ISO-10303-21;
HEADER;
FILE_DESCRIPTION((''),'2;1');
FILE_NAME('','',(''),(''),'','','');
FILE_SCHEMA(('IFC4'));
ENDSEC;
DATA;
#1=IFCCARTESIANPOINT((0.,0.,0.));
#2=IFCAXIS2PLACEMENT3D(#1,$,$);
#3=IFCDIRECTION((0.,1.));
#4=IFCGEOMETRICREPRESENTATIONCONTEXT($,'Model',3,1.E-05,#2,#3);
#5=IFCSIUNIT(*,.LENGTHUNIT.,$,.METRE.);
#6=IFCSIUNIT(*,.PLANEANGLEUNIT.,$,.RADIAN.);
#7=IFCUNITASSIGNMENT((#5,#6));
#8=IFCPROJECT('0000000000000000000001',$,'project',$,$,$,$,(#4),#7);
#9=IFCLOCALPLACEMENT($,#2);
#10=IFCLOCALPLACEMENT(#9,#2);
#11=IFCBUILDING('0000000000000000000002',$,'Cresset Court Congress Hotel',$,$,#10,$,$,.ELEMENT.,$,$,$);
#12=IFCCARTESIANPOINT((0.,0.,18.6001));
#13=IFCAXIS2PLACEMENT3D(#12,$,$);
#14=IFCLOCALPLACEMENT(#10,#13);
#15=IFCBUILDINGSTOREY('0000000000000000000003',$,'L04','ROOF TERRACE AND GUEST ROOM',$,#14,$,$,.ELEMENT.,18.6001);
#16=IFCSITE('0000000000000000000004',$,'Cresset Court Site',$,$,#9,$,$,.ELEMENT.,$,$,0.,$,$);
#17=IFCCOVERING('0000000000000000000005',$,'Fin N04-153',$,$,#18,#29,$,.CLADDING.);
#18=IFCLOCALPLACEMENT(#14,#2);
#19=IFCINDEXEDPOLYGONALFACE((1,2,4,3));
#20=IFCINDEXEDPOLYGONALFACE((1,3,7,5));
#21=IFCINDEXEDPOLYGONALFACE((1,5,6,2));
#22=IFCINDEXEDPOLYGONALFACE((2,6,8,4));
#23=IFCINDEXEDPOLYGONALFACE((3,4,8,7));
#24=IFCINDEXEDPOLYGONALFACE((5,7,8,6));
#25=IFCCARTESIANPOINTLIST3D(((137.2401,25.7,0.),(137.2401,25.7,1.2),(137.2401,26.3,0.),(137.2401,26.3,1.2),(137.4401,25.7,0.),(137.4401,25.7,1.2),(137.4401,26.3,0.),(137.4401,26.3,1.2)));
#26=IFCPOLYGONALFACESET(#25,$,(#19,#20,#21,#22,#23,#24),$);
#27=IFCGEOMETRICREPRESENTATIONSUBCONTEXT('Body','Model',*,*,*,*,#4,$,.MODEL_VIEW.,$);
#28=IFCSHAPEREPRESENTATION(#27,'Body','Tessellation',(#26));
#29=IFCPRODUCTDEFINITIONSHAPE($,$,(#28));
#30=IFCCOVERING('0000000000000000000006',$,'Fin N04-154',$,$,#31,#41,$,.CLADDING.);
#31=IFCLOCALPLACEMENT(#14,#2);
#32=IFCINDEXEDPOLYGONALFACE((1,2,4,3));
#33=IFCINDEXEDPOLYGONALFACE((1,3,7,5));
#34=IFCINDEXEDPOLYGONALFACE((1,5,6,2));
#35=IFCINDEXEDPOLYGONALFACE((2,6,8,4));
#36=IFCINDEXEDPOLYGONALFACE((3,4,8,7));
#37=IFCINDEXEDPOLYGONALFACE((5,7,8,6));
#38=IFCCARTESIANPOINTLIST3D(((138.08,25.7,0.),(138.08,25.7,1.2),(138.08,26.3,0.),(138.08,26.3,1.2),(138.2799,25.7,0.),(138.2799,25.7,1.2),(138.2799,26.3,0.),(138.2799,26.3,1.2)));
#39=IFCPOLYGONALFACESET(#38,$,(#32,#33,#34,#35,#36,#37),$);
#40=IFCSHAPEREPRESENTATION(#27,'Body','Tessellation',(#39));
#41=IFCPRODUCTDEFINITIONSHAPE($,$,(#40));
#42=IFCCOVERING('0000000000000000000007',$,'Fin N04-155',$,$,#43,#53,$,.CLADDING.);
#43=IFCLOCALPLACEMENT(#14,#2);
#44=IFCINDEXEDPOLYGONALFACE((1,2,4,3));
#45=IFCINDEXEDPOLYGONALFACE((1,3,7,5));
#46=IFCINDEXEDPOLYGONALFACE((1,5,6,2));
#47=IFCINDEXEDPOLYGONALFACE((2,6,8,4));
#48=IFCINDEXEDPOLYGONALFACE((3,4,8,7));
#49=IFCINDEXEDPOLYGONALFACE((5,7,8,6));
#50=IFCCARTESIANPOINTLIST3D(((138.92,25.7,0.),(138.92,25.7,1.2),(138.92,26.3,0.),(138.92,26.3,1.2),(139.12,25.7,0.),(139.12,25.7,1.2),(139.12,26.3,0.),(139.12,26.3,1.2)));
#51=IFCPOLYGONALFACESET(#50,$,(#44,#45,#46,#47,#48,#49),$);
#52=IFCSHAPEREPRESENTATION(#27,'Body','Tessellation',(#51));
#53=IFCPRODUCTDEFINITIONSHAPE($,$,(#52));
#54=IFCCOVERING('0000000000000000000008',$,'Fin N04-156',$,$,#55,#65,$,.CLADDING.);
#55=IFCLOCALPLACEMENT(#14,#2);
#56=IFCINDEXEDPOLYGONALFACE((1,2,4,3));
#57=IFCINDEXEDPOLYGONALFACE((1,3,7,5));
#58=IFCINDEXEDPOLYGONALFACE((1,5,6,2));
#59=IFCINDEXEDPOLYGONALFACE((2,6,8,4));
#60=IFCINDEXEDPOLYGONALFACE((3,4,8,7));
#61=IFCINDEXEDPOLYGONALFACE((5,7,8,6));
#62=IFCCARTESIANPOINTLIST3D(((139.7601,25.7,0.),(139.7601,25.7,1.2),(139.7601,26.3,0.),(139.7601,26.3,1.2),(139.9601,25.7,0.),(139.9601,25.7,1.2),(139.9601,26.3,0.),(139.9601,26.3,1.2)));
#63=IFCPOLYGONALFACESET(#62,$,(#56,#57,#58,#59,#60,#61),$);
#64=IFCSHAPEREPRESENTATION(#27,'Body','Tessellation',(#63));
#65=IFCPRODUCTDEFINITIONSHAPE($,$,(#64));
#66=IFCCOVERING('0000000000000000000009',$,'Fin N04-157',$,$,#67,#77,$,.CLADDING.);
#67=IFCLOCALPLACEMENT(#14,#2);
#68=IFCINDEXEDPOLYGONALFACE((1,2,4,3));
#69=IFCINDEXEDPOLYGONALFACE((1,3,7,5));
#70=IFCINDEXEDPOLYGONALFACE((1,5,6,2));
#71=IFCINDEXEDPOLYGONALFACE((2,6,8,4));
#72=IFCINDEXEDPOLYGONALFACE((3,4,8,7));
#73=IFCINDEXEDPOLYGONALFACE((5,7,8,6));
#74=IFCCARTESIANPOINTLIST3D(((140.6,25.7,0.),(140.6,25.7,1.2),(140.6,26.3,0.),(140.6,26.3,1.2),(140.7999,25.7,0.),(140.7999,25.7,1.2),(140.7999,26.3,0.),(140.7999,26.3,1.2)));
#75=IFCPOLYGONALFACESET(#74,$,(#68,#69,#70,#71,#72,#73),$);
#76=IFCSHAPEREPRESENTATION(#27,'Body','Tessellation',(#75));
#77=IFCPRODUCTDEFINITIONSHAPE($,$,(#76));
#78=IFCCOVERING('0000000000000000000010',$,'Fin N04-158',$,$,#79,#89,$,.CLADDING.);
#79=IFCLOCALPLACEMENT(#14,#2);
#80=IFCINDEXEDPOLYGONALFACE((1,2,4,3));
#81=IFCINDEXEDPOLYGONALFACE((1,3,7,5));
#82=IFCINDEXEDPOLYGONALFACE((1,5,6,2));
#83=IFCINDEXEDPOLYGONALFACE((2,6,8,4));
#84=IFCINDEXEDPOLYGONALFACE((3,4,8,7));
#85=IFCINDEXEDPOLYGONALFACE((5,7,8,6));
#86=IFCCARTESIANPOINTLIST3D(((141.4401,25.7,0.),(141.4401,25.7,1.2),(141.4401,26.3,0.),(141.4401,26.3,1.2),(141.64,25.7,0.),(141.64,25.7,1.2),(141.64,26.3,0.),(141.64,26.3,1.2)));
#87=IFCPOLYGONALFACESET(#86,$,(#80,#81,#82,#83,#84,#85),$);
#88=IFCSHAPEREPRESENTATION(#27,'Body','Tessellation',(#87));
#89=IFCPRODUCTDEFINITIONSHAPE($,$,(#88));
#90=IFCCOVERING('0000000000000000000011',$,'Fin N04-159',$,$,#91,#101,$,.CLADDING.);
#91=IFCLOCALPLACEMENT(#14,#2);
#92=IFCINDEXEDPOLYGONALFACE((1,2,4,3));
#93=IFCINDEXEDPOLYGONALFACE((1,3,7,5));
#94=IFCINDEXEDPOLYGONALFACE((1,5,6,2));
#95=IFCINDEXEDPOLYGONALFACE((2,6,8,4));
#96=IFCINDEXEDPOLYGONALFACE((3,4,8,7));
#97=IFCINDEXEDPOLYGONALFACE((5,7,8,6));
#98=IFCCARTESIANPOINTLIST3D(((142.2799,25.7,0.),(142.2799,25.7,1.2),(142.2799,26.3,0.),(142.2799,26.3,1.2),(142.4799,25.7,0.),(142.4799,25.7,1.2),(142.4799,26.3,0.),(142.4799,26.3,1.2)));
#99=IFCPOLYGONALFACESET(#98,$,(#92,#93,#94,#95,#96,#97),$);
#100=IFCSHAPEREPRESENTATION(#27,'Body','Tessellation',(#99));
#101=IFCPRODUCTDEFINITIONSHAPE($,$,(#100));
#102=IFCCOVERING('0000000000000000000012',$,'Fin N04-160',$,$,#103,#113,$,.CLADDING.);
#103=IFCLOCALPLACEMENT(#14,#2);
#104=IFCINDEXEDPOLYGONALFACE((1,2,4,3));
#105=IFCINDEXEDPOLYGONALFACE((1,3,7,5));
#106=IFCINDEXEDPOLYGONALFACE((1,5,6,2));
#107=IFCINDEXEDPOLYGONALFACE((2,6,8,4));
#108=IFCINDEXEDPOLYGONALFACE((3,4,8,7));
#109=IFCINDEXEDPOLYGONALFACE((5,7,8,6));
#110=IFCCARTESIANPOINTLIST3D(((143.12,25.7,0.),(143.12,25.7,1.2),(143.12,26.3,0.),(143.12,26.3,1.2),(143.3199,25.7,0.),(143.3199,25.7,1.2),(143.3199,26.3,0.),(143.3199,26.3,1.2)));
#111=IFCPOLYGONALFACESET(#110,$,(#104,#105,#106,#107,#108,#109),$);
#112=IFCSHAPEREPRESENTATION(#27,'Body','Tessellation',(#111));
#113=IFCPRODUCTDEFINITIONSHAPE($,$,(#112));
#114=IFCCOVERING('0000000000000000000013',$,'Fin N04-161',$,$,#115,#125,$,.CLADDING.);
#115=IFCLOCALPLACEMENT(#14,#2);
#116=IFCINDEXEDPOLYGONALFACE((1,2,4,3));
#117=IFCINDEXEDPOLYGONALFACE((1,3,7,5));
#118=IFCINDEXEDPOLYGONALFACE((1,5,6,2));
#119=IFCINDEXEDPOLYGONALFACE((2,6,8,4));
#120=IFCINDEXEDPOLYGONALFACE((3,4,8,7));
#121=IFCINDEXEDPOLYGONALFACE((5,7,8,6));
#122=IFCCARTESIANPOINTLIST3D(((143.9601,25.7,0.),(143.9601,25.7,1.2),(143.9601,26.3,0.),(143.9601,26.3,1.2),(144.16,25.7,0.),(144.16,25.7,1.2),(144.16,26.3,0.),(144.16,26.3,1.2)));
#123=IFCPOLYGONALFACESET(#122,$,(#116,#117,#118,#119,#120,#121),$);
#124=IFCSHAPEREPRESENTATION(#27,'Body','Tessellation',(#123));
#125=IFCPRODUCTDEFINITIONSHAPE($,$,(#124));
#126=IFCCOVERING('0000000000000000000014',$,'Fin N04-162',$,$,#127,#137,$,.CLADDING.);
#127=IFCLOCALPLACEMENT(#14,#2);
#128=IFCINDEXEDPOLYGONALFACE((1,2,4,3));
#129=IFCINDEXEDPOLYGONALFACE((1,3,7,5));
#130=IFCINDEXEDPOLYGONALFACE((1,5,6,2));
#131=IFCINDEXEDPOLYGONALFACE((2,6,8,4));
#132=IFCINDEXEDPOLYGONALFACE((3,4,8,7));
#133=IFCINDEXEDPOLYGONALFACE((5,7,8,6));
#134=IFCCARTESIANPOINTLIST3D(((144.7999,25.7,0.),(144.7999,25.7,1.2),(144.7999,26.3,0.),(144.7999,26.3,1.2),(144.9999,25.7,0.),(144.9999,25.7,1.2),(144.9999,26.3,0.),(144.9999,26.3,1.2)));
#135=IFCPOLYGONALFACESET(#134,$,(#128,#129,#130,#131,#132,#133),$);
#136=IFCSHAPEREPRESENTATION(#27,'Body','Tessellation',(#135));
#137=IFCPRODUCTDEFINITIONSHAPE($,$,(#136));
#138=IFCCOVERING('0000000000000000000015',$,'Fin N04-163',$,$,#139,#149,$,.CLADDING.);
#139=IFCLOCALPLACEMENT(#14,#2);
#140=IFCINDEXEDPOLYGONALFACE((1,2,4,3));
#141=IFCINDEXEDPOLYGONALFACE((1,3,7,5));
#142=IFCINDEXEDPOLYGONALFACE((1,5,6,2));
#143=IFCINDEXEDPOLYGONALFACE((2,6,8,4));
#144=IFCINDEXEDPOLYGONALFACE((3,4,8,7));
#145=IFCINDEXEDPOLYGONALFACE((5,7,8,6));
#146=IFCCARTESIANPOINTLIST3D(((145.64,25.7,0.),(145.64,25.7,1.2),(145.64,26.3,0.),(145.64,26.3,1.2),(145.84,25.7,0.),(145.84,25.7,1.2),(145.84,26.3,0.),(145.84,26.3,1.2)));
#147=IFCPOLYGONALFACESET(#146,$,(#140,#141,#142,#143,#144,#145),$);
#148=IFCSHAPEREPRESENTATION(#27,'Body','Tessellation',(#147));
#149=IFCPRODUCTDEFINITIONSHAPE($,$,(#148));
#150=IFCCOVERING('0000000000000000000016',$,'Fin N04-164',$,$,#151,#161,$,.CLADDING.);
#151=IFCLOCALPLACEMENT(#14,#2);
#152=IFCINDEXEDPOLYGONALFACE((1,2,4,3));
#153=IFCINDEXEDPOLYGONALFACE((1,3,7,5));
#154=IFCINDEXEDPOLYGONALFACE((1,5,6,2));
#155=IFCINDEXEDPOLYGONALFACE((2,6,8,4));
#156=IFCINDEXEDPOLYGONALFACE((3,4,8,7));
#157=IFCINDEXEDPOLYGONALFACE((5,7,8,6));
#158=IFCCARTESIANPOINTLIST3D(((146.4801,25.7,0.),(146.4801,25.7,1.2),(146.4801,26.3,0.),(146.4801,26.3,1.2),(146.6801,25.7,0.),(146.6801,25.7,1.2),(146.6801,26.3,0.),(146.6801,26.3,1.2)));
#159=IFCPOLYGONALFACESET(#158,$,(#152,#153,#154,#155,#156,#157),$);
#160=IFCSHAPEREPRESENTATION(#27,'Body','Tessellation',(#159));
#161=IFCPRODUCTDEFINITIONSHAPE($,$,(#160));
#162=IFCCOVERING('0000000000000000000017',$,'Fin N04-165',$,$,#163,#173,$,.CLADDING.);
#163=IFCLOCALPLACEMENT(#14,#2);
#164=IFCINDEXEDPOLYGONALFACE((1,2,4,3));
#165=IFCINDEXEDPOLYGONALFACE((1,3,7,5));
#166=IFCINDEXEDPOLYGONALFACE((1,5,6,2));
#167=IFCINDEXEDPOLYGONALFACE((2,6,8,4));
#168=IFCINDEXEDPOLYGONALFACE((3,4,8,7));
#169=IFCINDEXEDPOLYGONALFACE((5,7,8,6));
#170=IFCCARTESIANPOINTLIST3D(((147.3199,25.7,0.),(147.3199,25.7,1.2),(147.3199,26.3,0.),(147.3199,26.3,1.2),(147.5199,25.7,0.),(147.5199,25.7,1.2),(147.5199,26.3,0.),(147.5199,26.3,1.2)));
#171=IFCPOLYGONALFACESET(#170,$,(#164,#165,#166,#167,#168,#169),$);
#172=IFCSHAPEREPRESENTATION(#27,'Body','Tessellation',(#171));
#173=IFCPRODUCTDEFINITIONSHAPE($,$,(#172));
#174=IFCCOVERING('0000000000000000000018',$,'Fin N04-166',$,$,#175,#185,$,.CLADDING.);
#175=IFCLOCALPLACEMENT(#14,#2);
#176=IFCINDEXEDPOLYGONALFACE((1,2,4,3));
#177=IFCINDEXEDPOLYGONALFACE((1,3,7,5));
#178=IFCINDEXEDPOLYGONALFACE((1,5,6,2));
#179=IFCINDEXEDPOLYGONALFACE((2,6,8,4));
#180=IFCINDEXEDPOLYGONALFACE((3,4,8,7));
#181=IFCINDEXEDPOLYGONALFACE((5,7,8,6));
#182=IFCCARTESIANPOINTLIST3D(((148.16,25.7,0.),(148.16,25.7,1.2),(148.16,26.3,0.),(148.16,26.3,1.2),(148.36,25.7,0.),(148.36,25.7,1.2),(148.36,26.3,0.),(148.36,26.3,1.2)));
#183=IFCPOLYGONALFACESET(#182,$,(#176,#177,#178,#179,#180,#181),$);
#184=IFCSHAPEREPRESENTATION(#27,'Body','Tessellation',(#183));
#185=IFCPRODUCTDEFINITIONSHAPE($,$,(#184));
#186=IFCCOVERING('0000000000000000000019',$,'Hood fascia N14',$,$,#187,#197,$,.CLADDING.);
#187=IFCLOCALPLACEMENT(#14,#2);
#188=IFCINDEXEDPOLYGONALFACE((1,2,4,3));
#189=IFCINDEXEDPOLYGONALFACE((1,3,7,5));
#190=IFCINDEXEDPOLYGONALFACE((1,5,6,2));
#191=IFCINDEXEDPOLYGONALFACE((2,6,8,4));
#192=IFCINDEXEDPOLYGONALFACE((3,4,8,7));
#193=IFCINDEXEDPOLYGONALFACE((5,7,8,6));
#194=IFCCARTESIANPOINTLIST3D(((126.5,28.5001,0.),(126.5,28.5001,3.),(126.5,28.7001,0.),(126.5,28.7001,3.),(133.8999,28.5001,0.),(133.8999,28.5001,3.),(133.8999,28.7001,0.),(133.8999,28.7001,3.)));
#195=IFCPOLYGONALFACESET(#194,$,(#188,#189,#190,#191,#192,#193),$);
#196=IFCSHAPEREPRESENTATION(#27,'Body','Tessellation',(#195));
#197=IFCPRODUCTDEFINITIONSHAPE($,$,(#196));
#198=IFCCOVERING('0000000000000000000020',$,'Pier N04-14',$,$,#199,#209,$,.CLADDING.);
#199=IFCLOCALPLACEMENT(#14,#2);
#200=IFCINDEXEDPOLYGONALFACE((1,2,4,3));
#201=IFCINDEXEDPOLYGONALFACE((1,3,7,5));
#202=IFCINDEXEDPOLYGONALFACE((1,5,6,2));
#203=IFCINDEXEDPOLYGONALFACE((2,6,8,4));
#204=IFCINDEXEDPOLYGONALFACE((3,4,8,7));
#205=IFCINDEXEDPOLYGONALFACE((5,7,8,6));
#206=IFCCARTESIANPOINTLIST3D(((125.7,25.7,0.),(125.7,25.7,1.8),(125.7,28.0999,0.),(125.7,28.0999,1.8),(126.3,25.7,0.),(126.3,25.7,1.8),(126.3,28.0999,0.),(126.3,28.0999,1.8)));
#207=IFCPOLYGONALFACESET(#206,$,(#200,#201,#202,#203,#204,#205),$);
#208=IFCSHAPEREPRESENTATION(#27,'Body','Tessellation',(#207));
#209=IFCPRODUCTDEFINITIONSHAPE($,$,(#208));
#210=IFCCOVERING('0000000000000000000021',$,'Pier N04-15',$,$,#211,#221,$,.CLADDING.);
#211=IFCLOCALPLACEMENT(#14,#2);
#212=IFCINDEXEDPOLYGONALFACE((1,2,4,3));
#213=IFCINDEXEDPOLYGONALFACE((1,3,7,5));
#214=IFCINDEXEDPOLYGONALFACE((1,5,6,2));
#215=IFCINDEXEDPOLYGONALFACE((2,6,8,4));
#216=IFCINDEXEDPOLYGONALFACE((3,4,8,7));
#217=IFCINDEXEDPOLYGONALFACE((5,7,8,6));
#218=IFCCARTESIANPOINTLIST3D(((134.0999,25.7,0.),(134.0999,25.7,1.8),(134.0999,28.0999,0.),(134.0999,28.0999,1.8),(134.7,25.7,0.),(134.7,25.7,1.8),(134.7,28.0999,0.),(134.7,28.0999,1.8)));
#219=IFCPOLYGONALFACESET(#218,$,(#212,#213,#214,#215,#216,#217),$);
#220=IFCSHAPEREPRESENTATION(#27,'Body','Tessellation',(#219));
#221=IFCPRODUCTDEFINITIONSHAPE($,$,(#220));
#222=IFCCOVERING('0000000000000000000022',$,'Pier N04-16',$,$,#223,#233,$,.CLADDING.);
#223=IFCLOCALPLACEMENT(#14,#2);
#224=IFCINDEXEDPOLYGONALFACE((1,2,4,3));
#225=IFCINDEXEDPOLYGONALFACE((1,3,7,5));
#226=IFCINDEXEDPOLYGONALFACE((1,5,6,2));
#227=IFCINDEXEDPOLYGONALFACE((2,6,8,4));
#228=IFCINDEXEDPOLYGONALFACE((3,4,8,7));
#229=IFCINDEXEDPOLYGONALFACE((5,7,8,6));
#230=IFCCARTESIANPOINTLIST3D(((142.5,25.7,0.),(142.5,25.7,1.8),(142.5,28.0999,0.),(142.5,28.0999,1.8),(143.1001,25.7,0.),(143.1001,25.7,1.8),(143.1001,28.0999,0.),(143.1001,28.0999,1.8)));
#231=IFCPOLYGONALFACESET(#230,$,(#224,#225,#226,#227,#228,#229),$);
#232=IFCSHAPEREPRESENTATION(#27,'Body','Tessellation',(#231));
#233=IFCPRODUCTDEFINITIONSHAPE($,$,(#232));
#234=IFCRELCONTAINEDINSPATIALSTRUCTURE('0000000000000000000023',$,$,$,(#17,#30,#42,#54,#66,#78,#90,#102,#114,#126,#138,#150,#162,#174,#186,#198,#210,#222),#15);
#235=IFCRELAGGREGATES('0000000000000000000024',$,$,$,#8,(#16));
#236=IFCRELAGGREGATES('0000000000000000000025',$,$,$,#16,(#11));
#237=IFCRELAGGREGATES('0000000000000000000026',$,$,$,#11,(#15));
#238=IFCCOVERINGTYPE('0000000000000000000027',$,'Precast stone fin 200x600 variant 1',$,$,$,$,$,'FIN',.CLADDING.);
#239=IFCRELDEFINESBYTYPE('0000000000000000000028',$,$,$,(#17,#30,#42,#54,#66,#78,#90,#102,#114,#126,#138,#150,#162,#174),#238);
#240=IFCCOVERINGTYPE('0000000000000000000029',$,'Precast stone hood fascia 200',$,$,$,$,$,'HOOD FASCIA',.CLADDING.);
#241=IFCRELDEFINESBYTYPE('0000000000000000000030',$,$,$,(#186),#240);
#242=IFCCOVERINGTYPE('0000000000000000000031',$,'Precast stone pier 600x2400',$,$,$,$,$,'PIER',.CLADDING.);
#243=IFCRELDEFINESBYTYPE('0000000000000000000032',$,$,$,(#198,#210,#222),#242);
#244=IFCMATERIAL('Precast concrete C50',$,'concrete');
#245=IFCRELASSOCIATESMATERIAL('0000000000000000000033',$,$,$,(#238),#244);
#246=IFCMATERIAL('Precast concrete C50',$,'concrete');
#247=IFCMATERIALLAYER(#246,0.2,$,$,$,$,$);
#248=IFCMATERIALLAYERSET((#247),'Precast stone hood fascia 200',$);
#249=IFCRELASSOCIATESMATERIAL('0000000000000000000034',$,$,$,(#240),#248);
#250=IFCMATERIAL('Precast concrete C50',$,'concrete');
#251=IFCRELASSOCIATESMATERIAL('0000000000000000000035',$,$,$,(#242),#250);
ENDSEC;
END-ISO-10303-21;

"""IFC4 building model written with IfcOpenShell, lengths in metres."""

from ifc_helpers import new_model, si_unit, direction, frame, origin, origin_2d, place, context, subcontext, project, spatial, rectangle, extrude, material, layer, layer_set, type_object, element, save


model = new_model("IFC4")

# Units and contexts
model_context = context("Model", 3, precision=1e-05, world=origin(), true_north=direction((0.0, 1.0)))
body_context = subcontext(model_context, "Body", "Model", "MODEL_VIEW")
ifc_project = project(units=[si_unit("LENGTHUNIT", "METRE"), si_unit("PLANEANGLEUNIT", "RADIAN")], contexts=[model_context])

# Site, building, storey
site_placement = place(None, origin())
site = spatial("IfcSite", under=ifc_project, at=site_placement, Name="Cresset Court Site", CompositionType="ELEMENT", RefElevation=0.0)
building_placement = place(site_placement, origin())
building = spatial("IfcBuilding", under=site, at=building_placement, Name="Cresset Court Congress Hotel", CompositionType="ELEMENT")
storey_placement = place(building_placement, frame((0.0, 0.0, 18.6001)))
storey = spatial("IfcBuildingStorey", under=building, at=storey_placement, Name="L04", Description="ROOF TERRACE AND GUEST ROOM", CompositionType="ELEMENT", Elevation=18.6001)

# Coverings
ifc_material_1 = material(Name="Precast concrete C50", Category="concrete")
covering_type_1 = type_object("IfcCoveringType", Name="Precast stone fin 200x600 variant 1", ElementType="FIN", PredefinedType="CLADDING", material=ifc_material_1)
for number, where, z_axis, x_axis, name in (
    (1, (137.3401, 26.0, 0.0), (0.0, 0.0, 1.0), (1.0, 0.0, 0.0), "Fin N04-153"),
    (2, (138.1799, 26.0, 0.0), (0.0, 0.0, 1.0), (1.0, 0.0, 0.0), "Fin N04-154"),
    (3, (139.02, 26.0, 0.0), (0.0, 0.0, 1.0), (1.0, 0.0, 0.0), "Fin N04-155"),
    (4, (139.8601, 26.0, 0.0), (0.0, 0.0, 1.0), (1.0, 0.0, 0.0), "Fin N04-156"),
    (5, (140.7, 26.0, 0.0), (0.0, 0.0, 1.0), (1.0, 0.0, 0.0), "Fin N04-157"),
    (6, (141.54, 26.0, 0.0), (0.0, 0.0, 1.0), (1.0, 0.0, 0.0), "Fin N04-158"),
    (7, (142.3799, 26.0, 0.0), (0.0, 0.0, 1.0), (1.0, 0.0, 0.0), "Fin N04-159"),
    (8, (143.22, 26.0, 0.0), (0.0, 0.0, 1.0), (1.0, 0.0, 0.0), "Fin N04-160"),
    (9, (144.0601, 26.0, 0.0), (0.0, 0.0, 1.0), (1.0, 0.0, 0.0), "Fin N04-161"),
    (10, (144.8999, 26.0, 0.0), (0.0, 0.0, 1.0), (1.0, 0.0, 0.0), "Fin N04-162"),
    (11, (145.74, 26.0, 0.0), (0.0, 0.0, 1.0), (1.0, 0.0, 0.0), "Fin N04-163"),
    (12, (146.5801, 26.0, 0.0), (0.0, 0.0, 1.0), (1.0, 0.0, 0.0), "Fin N04-164"),
    (13, (147.4199, 26.0, 0.0), (0.0, 0.0, 1.0), (1.0, 0.0, 0.0), "Fin N04-165"),
    (14, (148.26, 26.0, 0.0), (0.0, 0.0, 1.0), (1.0, 0.0, 0.0), "Fin N04-166"),
):
    element("IfcCovering", number, at=place(storey_placement, frame(where, z_axis=z_axis, x_axis=x_axis)), inside=storey, type_object=covering_type_1, Name=name, PredefinedType="CLADDING", context=body_context, shape_type="SweptSolid", body=[
        extrude(rectangle(XDim=0.2, YDim=0.6001, at=origin_2d()), origin(), (0.0, 0.0, 1.0), 1.2),
    ])
ifc_material_2 = material(Name="Precast concrete C50", Category="concrete")
ifc_layer = layer(ifc_material_2, 0.2)
ifc_layer_set = layer_set([ifc_layer], Name="Precast stone hood fascia 200")
covering_type_2 = type_object("IfcCoveringType", Name="Precast stone hood fascia 200", ElementType="HOOD FASCIA", PredefinedType="CLADDING", material=ifc_layer_set)
covering_placement = place(storey_placement, frame((130.2, 28.6001, 0.0), z_axis=(0.0, 0.0, 1.0), x_axis=(1.0, 0.0, 0.0)))
element("IfcCovering", 15, at=covering_placement, inside=storey, type_object=covering_type_2, Name="Hood fascia N14", PredefinedType="CLADDING", context=body_context, shape_type="SweptSolid", body=[
    extrude(rectangle(XDim=7.3999, YDim=0.2, at=origin_2d()), origin(), (0.0, 0.0, 1.0), 3.0),
])
ifc_material_3 = material(Name="Precast concrete C50", Category="concrete")
covering_type_3 = type_object("IfcCoveringType", Name="Precast stone pier 600x2400", ElementType="PIER", PredefinedType="CLADDING", material=ifc_material_3)
for number, where, z_axis, x_axis, name in (
    (16, (126.0, 26.8999, 0.0), (0.0, 0.0, 1.0), (1.0, 0.0, 0.0), "Pier N04-14"),
    (17, (134.3999, 26.8999, 0.0), (0.0, 0.0, 1.0), (1.0, 0.0, 0.0), "Pier N04-15"),
    (18, (142.8, 26.8999, 0.0), (0.0, 0.0, 1.0), (1.0, 0.0, 0.0), "Pier N04-16"),
):
    element("IfcCovering", number, at=place(storey_placement, frame(where, z_axis=z_axis, x_axis=x_axis)), inside=storey, type_object=covering_type_3, Name=name, PredefinedType="CLADDING", context=body_context, shape_type="SweptSolid", body=[
        extrude(rectangle(XDim=0.6001, YDim=2.3999, at=origin_2d()), origin(), (0.0, 0.0, 1.0), 1.8),
    ])

save(model, "model.ifc")
